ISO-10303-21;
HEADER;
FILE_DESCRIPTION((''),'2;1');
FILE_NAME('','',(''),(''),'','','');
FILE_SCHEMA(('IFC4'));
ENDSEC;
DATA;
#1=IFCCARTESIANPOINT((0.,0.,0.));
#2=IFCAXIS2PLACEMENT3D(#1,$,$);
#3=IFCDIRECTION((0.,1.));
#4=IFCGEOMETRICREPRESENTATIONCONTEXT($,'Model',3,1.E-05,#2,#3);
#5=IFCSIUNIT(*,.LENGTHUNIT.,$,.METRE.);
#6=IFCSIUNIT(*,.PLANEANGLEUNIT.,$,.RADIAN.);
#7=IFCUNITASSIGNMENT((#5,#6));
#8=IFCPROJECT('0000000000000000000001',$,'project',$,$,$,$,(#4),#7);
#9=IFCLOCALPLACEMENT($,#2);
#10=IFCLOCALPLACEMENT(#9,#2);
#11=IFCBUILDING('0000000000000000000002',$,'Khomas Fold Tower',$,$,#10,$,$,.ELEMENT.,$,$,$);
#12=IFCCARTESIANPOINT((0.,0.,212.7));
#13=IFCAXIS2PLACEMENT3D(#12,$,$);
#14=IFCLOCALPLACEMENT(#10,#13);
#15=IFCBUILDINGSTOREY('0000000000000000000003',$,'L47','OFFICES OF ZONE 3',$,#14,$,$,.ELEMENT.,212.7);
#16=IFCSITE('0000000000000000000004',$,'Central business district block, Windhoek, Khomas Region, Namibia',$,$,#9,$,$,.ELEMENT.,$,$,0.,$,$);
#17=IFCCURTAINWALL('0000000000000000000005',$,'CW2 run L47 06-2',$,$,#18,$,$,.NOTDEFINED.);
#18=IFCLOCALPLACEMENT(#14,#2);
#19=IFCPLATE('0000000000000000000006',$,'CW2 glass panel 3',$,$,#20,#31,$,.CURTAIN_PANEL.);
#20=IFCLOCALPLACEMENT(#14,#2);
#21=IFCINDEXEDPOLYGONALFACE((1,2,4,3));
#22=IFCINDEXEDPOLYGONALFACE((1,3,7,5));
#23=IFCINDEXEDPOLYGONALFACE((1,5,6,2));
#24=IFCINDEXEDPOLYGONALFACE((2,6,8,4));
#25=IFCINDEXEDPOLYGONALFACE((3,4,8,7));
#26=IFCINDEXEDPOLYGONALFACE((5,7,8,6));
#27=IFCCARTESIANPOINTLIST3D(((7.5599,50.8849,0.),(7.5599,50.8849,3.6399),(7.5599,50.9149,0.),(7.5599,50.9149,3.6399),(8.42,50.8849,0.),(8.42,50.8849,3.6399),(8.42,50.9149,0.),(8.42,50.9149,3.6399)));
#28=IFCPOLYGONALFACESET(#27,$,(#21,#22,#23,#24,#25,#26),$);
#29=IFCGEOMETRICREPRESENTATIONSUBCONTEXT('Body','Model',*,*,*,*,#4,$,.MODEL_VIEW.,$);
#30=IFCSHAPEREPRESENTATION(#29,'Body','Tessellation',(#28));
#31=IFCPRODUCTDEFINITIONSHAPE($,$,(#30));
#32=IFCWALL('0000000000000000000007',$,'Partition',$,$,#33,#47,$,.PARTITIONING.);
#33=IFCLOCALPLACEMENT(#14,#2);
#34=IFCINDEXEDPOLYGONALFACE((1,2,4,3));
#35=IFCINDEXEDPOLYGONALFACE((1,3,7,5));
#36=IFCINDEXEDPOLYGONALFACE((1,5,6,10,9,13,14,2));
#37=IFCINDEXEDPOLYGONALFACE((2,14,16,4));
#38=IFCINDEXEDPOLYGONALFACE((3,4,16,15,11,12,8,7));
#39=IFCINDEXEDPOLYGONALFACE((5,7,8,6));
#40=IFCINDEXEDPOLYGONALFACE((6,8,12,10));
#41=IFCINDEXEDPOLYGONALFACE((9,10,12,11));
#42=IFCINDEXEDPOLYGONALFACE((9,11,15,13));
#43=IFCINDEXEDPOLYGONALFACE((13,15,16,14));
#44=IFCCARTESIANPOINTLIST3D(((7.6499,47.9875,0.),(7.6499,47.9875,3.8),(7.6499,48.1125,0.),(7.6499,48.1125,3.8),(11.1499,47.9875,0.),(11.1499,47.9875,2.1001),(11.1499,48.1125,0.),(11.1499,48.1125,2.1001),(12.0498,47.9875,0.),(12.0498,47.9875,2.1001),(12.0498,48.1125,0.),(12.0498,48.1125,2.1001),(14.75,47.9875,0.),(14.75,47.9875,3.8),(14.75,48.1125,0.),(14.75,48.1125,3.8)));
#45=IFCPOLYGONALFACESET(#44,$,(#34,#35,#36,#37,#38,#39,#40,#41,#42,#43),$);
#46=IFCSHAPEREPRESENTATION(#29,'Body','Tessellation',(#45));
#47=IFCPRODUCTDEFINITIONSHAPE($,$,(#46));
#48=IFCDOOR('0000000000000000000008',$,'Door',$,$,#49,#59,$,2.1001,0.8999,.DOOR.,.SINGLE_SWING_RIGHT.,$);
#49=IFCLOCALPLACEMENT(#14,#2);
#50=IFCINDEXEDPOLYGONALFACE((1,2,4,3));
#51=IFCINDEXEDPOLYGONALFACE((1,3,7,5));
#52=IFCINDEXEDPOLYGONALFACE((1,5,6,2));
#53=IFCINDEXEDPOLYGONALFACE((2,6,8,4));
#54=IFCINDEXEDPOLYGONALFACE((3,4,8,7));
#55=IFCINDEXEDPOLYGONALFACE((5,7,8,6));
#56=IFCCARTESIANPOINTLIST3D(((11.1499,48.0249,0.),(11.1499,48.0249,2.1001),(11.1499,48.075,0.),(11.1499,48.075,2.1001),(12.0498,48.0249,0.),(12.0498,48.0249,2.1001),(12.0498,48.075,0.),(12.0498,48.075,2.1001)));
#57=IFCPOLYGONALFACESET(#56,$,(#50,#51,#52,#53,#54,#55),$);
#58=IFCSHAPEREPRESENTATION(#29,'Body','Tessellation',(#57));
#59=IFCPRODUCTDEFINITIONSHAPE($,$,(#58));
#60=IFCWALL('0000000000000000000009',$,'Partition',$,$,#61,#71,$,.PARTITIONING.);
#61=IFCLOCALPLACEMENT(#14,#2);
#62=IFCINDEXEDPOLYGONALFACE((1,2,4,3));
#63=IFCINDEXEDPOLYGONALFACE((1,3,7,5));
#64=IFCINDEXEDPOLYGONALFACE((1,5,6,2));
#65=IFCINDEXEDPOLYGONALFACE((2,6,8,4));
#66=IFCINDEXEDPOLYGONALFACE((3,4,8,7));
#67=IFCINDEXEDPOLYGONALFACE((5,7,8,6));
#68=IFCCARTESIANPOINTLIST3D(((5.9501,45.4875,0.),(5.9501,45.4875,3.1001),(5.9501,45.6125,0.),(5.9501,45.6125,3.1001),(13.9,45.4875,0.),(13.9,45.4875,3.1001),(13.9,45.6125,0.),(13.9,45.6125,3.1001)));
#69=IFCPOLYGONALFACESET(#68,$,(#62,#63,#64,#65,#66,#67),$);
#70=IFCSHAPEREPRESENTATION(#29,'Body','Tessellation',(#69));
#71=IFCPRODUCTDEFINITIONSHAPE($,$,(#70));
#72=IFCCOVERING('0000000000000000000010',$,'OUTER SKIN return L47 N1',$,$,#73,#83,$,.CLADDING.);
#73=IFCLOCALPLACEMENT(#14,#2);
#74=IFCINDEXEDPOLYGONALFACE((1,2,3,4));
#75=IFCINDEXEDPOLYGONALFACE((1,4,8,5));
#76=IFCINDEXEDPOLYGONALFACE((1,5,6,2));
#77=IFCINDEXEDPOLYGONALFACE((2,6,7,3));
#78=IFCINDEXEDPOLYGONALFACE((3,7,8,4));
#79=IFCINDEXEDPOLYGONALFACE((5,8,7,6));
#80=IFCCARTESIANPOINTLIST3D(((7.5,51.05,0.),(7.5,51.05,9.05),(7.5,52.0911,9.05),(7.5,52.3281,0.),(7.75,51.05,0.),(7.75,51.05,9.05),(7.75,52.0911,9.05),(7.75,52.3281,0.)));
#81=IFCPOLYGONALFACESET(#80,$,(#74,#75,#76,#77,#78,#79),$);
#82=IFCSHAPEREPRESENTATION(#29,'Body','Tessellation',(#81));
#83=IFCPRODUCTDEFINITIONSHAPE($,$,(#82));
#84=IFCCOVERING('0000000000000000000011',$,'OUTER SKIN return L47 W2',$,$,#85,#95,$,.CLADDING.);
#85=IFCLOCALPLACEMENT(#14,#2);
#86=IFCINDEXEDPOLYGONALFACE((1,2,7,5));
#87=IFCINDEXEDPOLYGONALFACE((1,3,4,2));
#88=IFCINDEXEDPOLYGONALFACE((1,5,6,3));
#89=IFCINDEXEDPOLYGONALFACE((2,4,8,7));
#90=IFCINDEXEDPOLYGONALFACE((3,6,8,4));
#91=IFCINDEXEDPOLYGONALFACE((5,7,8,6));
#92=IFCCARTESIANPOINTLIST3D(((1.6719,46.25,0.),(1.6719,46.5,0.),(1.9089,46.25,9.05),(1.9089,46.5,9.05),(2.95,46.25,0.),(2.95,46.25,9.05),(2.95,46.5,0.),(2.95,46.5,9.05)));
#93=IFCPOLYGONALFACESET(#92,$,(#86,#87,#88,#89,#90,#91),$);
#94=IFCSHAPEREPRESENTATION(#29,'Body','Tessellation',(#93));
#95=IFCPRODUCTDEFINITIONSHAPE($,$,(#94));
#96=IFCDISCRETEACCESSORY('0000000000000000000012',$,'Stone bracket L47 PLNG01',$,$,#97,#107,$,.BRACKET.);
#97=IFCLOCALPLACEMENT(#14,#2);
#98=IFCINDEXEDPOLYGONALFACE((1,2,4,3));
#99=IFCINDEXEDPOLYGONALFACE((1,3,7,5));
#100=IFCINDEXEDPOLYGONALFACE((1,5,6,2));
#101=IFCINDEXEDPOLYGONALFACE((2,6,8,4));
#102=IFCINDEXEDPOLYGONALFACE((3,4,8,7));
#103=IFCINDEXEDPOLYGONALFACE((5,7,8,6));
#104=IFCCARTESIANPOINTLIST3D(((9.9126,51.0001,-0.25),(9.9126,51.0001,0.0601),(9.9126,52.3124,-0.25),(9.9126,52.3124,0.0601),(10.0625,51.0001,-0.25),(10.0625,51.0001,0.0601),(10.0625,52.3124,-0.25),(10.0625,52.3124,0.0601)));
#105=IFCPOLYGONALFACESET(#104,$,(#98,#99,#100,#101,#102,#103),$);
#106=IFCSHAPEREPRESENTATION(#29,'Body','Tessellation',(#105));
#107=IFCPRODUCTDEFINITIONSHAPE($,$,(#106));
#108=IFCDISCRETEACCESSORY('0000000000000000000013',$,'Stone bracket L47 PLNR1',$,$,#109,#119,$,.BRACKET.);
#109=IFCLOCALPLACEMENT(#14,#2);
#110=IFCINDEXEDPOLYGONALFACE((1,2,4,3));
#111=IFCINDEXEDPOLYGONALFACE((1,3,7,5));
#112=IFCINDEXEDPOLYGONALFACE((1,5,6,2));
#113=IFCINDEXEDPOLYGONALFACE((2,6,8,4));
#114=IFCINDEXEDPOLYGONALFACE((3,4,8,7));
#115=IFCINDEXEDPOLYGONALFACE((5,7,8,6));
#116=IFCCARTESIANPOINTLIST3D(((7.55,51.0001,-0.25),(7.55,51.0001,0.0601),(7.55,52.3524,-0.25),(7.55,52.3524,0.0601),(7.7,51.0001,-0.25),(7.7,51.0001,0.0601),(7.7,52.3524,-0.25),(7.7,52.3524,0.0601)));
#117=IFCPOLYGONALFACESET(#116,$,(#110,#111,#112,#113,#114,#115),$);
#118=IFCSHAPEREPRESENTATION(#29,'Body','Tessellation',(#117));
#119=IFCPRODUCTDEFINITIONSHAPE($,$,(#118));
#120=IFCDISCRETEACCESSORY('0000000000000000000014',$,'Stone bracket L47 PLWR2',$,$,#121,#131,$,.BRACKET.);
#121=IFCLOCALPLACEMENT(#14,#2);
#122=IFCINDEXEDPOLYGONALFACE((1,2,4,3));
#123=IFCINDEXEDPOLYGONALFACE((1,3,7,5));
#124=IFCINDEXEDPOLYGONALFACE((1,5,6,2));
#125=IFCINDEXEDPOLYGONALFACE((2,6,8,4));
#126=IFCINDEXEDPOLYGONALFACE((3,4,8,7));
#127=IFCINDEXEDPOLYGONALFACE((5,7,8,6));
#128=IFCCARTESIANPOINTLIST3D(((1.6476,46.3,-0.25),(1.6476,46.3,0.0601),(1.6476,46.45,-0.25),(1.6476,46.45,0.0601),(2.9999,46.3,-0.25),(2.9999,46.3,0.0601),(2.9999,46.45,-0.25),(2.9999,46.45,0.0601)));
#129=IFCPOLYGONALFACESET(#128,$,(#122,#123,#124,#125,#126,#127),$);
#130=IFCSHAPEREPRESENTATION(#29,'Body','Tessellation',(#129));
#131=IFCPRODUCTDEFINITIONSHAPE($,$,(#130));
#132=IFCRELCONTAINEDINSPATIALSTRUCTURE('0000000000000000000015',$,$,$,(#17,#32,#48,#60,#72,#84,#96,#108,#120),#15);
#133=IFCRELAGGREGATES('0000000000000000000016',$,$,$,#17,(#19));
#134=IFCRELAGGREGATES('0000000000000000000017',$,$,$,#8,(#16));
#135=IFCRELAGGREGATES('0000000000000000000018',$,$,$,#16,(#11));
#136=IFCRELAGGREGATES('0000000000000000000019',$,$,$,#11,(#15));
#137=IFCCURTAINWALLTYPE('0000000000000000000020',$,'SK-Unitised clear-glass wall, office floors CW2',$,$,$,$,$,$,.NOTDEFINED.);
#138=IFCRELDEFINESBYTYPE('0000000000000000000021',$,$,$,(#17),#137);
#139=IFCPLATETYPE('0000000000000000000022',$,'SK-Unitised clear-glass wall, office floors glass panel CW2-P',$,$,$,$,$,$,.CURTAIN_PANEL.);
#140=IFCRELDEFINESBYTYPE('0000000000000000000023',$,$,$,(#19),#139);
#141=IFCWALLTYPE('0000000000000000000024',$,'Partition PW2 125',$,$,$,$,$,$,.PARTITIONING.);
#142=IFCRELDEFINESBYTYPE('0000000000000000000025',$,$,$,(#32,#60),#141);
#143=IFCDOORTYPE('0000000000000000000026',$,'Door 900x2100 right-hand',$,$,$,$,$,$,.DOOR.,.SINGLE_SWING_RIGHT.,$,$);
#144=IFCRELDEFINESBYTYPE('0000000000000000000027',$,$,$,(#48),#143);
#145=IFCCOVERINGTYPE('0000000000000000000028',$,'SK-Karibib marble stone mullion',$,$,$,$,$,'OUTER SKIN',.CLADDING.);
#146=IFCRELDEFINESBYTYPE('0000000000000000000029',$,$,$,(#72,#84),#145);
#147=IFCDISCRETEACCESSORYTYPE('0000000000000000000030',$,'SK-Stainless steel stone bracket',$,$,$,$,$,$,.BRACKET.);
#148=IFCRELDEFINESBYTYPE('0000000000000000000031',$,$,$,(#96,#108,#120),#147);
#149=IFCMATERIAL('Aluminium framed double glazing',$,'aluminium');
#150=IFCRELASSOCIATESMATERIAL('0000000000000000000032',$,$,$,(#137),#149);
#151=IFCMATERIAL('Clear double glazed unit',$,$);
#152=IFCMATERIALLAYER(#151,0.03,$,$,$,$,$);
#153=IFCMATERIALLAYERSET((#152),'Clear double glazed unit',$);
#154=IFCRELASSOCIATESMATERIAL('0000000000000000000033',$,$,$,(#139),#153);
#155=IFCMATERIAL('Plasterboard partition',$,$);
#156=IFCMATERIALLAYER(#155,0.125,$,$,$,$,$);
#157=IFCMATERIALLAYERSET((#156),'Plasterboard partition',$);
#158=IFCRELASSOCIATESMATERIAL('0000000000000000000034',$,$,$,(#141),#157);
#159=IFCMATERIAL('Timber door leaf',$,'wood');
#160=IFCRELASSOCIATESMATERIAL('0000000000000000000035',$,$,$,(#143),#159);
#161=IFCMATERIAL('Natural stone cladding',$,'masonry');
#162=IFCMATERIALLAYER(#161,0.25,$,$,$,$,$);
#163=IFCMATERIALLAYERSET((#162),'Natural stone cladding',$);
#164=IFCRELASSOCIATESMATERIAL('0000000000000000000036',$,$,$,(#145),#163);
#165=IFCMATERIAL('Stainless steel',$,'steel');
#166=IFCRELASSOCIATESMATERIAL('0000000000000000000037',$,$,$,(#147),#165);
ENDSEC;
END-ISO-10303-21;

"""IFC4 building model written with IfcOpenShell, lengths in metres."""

from ifc_helpers import new_model, si_unit, direction, frame, frame_2d, origin, origin_2d, place, context, subcontext, project, spatial, polyline, rectangle, outline, extrude, source, transform, mapped, material, layer, layer_set, type_object, element, fill, aggregate, save


model = new_model("IFC4")

# Units and contexts
model_context = context("Model", 3, precision=1e-05, world=origin(), true_north=direction((0.0, 1.0)))
body_context = subcontext(model_context, "Body", "Model", "MODEL_VIEW")
ifc_project = project(units=[si_unit("LENGTHUNIT", "METRE"), si_unit("PLANEANGLEUNIT", "RADIAN")], contexts=[model_context])

# Site, building, storey
site_placement = place(None, origin())
site = spatial("IfcSite", under=ifc_project, at=site_placement, Name="Central business district block, Windhoek, Khomas Region, Namibia", CompositionType="ELEMENT", RefElevation=0.0)
building_placement = place(site_placement, origin())
building = spatial("IfcBuilding", under=site, at=building_placement, Name="Khomas Fold Tower", CompositionType="ELEMENT")
storey_placement = place(building_placement, frame((0.0, 0.0, 212.7)))
storey = spatial("IfcBuildingStorey", under=building, at=storey_placement, Name="L47", Description="OFFICES OF ZONE 3", CompositionType="ELEMENT", Elevation=212.7)

# Curtain wall
ifc_material_1 = material(Name="Aluminium framed double glazing", Category="aluminium")
curtain_wall_type = type_object("IfcCurtainWallType", Name="SK-Unitised clear-glass wall, office floors CW2", PredefinedType="NOTDEFINED", material=ifc_material_1)
curtain_wall_1_placement = place(storey_placement, origin())
curtain_wall_1 = element("IfcCurtainWall", 1, at=curtain_wall_1_placement, inside=storey, type_object=curtain_wall_type, Name="CW2 run L47 06-2", PredefinedType="NOTDEFINED")

# Plate
ifc_material_2 = material(Name="Clear double glazed unit")
ifc_layer_1 = layer(ifc_material_2, 0.03)
ifc_layer_set_1 = layer_set([ifc_layer_1], Name="Clear double glazed unit")
plate_type_1 = type_object("IfcPlateType", Name="SK-Unitised clear-glass wall, office floors glass panel CW2-P", PredefinedType="CURTAIN_PANEL", material=ifc_layer_set_1)
shared_shape_1 = source(origin(), body_context, "Body", "SweptSolid", [
    extrude(rectangle(XDim=0.8601, YDim=0.03, at=origin_2d()), origin(), (0.0, 0.0, 1.0), 3.6399),
])
plate_1_placement = place(storey_placement, frame((7.99, 50.8999, 0.0), z_axis=(0.0, 0.0, 1.0), x_axis=(-1.0, 0.0, 0.0)))
plate_1 = element("IfcPlate", 2, at=plate_1_placement, type_object=plate_type_1, Name="CW2 glass panel 3", PredefinedType="CURTAIN_PANEL", context=body_context, shape_type="MappedRepresentation", body=[
    mapped(shared_shape_1, transform((0.0, 0.0, 0.0))),
])
aggregate(curtain_wall_1, [plate_1])

# Wall, opening, door
ifc_material_3 = material(Name="Plasterboard partition")
ifc_layer_2 = layer(ifc_material_3, 0.125)
ifc_layer_set_2 = layer_set([ifc_layer_2], Name="Plasterboard partition")
wall_type = type_object("IfcWallType", Name="Partition PW2 125", PredefinedType="PARTITIONING", material=ifc_layer_set_2)
shared_shape_2 = source(origin(), body_context, "Body", "SweptSolid", [
    extrude(rectangle(XDim=7.1001, YDim=0.125, at=frame_2d((3.55, 0.0))), origin(), (0.0, 0.0, 1.0), 3.8),
])
wall_1_placement = place(storey_placement, frame((7.6499, 48.05, 0.0), z_axis=(0.0, 0.0, 1.0), x_axis=(1.0, 0.0, 0.0)))
wall_1 = element("IfcWall", 3, at=wall_1_placement, inside=storey, type_object=wall_type, Name="Partition", PredefinedType="PARTITIONING", context=body_context, shape_type="MappedRepresentation", body=[
    mapped(shared_shape_2, transform((0.0, 0.0, 0.0))),
])
shared_shape_3 = source(origin(), body_context, "Body", "SweptSolid", [
    extrude(rectangle(XDim=0.8999, YDim=2.1001, at=frame_2d((0.45, 1.05))), frame((0.0, 0.0725, 0.0), z_axis=(0.0, -1.0, 0.0), x_axis=(1.0, 0.0, 0.0)), (0.0, 0.0, 1.0), 0.145),
])
opening_placement = place(wall_1_placement, frame((3.5, 0.0, 0.0)))
opening = element("IfcOpeningElement", 4, at=opening_placement, cuts=wall_1, PredefinedType="OPENING", context=body_context, shape_type="MappedRepresentation", body=[
    mapped(shared_shape_3, transform((0.0, 0.0, 0.0))),
])
ifc_material_4 = material(Name="Timber door leaf", Category="wood")
door_type = type_object("IfcDoorType", Name="Door 900x2100 right-hand", OperationType="SINGLE_SWING_RIGHT", PredefinedType="DOOR", material=ifc_material_4)
shared_shape_4 = source(origin(), body_context, "Body", "SweptSolid", [
    extrude(rectangle(XDim=0.8999, YDim=2.1001, at=frame_2d((0.45, 1.05))), frame((0.0, 0.0249, 0.0), z_axis=(0.0, -1.0, 0.0), x_axis=(1.0, 0.0, 0.0)), (0.0, 0.0, 1.0), 0.05),
])
door_placement = place(opening_placement, origin())
door = element("IfcDoor", 5, at=door_placement, inside=storey, type_object=door_type, Name="Door", OperationType="SINGLE_SWING_RIGHT", OverallHeight=2.1001, OverallWidth=0.8999, PredefinedType="DOOR", context=body_context, shape_type="MappedRepresentation", body=[
    mapped(shared_shape_4, transform((0.0, 0.0, 0.0))),
])
fill(opening, door)

# Wall
shared_shape_5 = source(origin(), body_context, "Body", "SweptSolid", [
    extrude(rectangle(XDim=7.95, YDim=0.125, at=frame_2d((3.9751, 0.0))), origin(), (0.0, 0.0, 1.0), 3.1001),
])
wall_2_placement = place(storey_placement, frame((5.95, 45.55, 0.0), z_axis=(0.0, 0.0, 1.0), x_axis=(1.0, 0.0, 0.0)))
element("IfcWall", 6, at=wall_2_placement, inside=storey, type_object=wall_type, Name="Partition", PredefinedType="PARTITIONING", context=body_context, shape_type="MappedRepresentation", body=[
    mapped(shared_shape_5, transform((0.0, 0.0, 0.0))),
])

# Coverings
ifc_material_5 = material(Name="Natural stone cladding", Category="masonry")
ifc_layer_3 = layer(ifc_material_5, 0.25)
ifc_layer_set_3 = layer_set([ifc_layer_3], Name="Natural stone cladding")
covering_type = type_object("IfcCoveringType", Name="SK-Karibib marble stone mullion", ElementType="OUTER SKIN", PredefinedType="CLADDING", material=ifc_layer_set_3)
covering_1_placement = place(storey_placement, frame((7.5, 51.05, 9.05), z_axis=(-1.0, 0.0, 0.0), x_axis=(0.0, 1.0, 0.0)))
element("IfcCovering", 7, at=covering_1_placement, inside=storey, type_object=covering_type, Name="OUTER SKIN return L47 N1", PredefinedType="CLADDING", context=body_context, shape_type="SweptSolid", body=[
    extrude(outline(polyline([(0.0, 0.0), (1.041, 0.0), (1.2781, 9.05), (0.0, 9.05), (0.0, 0.0)])), origin(), (0.0, 0.0, -1.0), 0.25),
])
covering_2_placement = place(storey_placement, frame((2.95, 46.5, 0.0), z_axis=(0.0, 1.0, 0.0), x_axis=(-1.0, 0.0, 0.0)))
element("IfcCovering", 8, at=covering_2_placement, inside=storey, type_object=covering_type, Name="OUTER SKIN return L47 W2", PredefinedType="CLADDING", context=body_context, shape_type="SweptSolid", body=[
    extrude(outline(polyline([(0.0, 0.0), (1.2781, 0.0), (1.041, 9.05), (0.0, 9.05), (0.0, 0.0)])), origin(), (0.0, 0.0, -1.0), 0.25),
])

# Discrete accessories
ifc_material_6 = material(Name="Stainless steel", Category="steel")
discrete_accessory_type = type_object("IfcDiscreteAccessoryType", Name="SK-Stainless steel stone bracket", PredefinedType="BRACKET", material=ifc_material_6)
shared_shape_6 = source(origin(), body_context, "Body", "SweptSolid", [
    extrude(rectangle(XDim=1.3123, YDim=0.1499, at=origin_2d()), origin(), (0.0, 0.0, 1.0), 0.3101),
])
discrete_accessory_placement = place(storey_placement, frame((9.9875, 51.6562, -0.25), z_axis=(0.0, 0.0, 1.0), x_axis=(0.0, 1.0, 0.0)))
element("IfcDiscreteAccessory", 9, at=discrete_accessory_placement, inside=storey, type_object=discrete_accessory_type, Name="Stone bracket L47 PLNG01", PredefinedType="BRACKET", context=body_context, shape_type="MappedRepresentation", body=[
    mapped(shared_shape_6, transform((0.0, 0.0, 0.0))),
])
shared_shape_7 = source(origin(), body_context, "Body", "SweptSolid", [
    extrude(rectangle(XDim=1.3523, YDim=0.1499, at=origin_2d()), origin(), (0.0, 0.0, 1.0), 0.3101),
])
for number, where, z_axis, x_axis, name in (
    (10, (7.625, 51.6763, -0.25), (0.0, 0.0, 1.0), (0.0, 1.0, 0.0), "Stone bracket L47 PLNR1"),
    (11, (2.3237, 46.375, -0.25), (0.0, 0.0, 1.0), (-1.0, 0.0, 0.0), "Stone bracket L47 PLWR2"),
):
    element("IfcDiscreteAccessory", number, at=place(storey_placement, frame(where, z_axis=z_axis, x_axis=x_axis)), inside=storey, type_object=discrete_accessory_type, Name=name, PredefinedType="BRACKET", context=body_context, shape_type="MappedRepresentation", body=[
        mapped(shared_shape_7, transform((0.0, 0.0, 0.0))),
    ])

save(model, "model.ifc")
